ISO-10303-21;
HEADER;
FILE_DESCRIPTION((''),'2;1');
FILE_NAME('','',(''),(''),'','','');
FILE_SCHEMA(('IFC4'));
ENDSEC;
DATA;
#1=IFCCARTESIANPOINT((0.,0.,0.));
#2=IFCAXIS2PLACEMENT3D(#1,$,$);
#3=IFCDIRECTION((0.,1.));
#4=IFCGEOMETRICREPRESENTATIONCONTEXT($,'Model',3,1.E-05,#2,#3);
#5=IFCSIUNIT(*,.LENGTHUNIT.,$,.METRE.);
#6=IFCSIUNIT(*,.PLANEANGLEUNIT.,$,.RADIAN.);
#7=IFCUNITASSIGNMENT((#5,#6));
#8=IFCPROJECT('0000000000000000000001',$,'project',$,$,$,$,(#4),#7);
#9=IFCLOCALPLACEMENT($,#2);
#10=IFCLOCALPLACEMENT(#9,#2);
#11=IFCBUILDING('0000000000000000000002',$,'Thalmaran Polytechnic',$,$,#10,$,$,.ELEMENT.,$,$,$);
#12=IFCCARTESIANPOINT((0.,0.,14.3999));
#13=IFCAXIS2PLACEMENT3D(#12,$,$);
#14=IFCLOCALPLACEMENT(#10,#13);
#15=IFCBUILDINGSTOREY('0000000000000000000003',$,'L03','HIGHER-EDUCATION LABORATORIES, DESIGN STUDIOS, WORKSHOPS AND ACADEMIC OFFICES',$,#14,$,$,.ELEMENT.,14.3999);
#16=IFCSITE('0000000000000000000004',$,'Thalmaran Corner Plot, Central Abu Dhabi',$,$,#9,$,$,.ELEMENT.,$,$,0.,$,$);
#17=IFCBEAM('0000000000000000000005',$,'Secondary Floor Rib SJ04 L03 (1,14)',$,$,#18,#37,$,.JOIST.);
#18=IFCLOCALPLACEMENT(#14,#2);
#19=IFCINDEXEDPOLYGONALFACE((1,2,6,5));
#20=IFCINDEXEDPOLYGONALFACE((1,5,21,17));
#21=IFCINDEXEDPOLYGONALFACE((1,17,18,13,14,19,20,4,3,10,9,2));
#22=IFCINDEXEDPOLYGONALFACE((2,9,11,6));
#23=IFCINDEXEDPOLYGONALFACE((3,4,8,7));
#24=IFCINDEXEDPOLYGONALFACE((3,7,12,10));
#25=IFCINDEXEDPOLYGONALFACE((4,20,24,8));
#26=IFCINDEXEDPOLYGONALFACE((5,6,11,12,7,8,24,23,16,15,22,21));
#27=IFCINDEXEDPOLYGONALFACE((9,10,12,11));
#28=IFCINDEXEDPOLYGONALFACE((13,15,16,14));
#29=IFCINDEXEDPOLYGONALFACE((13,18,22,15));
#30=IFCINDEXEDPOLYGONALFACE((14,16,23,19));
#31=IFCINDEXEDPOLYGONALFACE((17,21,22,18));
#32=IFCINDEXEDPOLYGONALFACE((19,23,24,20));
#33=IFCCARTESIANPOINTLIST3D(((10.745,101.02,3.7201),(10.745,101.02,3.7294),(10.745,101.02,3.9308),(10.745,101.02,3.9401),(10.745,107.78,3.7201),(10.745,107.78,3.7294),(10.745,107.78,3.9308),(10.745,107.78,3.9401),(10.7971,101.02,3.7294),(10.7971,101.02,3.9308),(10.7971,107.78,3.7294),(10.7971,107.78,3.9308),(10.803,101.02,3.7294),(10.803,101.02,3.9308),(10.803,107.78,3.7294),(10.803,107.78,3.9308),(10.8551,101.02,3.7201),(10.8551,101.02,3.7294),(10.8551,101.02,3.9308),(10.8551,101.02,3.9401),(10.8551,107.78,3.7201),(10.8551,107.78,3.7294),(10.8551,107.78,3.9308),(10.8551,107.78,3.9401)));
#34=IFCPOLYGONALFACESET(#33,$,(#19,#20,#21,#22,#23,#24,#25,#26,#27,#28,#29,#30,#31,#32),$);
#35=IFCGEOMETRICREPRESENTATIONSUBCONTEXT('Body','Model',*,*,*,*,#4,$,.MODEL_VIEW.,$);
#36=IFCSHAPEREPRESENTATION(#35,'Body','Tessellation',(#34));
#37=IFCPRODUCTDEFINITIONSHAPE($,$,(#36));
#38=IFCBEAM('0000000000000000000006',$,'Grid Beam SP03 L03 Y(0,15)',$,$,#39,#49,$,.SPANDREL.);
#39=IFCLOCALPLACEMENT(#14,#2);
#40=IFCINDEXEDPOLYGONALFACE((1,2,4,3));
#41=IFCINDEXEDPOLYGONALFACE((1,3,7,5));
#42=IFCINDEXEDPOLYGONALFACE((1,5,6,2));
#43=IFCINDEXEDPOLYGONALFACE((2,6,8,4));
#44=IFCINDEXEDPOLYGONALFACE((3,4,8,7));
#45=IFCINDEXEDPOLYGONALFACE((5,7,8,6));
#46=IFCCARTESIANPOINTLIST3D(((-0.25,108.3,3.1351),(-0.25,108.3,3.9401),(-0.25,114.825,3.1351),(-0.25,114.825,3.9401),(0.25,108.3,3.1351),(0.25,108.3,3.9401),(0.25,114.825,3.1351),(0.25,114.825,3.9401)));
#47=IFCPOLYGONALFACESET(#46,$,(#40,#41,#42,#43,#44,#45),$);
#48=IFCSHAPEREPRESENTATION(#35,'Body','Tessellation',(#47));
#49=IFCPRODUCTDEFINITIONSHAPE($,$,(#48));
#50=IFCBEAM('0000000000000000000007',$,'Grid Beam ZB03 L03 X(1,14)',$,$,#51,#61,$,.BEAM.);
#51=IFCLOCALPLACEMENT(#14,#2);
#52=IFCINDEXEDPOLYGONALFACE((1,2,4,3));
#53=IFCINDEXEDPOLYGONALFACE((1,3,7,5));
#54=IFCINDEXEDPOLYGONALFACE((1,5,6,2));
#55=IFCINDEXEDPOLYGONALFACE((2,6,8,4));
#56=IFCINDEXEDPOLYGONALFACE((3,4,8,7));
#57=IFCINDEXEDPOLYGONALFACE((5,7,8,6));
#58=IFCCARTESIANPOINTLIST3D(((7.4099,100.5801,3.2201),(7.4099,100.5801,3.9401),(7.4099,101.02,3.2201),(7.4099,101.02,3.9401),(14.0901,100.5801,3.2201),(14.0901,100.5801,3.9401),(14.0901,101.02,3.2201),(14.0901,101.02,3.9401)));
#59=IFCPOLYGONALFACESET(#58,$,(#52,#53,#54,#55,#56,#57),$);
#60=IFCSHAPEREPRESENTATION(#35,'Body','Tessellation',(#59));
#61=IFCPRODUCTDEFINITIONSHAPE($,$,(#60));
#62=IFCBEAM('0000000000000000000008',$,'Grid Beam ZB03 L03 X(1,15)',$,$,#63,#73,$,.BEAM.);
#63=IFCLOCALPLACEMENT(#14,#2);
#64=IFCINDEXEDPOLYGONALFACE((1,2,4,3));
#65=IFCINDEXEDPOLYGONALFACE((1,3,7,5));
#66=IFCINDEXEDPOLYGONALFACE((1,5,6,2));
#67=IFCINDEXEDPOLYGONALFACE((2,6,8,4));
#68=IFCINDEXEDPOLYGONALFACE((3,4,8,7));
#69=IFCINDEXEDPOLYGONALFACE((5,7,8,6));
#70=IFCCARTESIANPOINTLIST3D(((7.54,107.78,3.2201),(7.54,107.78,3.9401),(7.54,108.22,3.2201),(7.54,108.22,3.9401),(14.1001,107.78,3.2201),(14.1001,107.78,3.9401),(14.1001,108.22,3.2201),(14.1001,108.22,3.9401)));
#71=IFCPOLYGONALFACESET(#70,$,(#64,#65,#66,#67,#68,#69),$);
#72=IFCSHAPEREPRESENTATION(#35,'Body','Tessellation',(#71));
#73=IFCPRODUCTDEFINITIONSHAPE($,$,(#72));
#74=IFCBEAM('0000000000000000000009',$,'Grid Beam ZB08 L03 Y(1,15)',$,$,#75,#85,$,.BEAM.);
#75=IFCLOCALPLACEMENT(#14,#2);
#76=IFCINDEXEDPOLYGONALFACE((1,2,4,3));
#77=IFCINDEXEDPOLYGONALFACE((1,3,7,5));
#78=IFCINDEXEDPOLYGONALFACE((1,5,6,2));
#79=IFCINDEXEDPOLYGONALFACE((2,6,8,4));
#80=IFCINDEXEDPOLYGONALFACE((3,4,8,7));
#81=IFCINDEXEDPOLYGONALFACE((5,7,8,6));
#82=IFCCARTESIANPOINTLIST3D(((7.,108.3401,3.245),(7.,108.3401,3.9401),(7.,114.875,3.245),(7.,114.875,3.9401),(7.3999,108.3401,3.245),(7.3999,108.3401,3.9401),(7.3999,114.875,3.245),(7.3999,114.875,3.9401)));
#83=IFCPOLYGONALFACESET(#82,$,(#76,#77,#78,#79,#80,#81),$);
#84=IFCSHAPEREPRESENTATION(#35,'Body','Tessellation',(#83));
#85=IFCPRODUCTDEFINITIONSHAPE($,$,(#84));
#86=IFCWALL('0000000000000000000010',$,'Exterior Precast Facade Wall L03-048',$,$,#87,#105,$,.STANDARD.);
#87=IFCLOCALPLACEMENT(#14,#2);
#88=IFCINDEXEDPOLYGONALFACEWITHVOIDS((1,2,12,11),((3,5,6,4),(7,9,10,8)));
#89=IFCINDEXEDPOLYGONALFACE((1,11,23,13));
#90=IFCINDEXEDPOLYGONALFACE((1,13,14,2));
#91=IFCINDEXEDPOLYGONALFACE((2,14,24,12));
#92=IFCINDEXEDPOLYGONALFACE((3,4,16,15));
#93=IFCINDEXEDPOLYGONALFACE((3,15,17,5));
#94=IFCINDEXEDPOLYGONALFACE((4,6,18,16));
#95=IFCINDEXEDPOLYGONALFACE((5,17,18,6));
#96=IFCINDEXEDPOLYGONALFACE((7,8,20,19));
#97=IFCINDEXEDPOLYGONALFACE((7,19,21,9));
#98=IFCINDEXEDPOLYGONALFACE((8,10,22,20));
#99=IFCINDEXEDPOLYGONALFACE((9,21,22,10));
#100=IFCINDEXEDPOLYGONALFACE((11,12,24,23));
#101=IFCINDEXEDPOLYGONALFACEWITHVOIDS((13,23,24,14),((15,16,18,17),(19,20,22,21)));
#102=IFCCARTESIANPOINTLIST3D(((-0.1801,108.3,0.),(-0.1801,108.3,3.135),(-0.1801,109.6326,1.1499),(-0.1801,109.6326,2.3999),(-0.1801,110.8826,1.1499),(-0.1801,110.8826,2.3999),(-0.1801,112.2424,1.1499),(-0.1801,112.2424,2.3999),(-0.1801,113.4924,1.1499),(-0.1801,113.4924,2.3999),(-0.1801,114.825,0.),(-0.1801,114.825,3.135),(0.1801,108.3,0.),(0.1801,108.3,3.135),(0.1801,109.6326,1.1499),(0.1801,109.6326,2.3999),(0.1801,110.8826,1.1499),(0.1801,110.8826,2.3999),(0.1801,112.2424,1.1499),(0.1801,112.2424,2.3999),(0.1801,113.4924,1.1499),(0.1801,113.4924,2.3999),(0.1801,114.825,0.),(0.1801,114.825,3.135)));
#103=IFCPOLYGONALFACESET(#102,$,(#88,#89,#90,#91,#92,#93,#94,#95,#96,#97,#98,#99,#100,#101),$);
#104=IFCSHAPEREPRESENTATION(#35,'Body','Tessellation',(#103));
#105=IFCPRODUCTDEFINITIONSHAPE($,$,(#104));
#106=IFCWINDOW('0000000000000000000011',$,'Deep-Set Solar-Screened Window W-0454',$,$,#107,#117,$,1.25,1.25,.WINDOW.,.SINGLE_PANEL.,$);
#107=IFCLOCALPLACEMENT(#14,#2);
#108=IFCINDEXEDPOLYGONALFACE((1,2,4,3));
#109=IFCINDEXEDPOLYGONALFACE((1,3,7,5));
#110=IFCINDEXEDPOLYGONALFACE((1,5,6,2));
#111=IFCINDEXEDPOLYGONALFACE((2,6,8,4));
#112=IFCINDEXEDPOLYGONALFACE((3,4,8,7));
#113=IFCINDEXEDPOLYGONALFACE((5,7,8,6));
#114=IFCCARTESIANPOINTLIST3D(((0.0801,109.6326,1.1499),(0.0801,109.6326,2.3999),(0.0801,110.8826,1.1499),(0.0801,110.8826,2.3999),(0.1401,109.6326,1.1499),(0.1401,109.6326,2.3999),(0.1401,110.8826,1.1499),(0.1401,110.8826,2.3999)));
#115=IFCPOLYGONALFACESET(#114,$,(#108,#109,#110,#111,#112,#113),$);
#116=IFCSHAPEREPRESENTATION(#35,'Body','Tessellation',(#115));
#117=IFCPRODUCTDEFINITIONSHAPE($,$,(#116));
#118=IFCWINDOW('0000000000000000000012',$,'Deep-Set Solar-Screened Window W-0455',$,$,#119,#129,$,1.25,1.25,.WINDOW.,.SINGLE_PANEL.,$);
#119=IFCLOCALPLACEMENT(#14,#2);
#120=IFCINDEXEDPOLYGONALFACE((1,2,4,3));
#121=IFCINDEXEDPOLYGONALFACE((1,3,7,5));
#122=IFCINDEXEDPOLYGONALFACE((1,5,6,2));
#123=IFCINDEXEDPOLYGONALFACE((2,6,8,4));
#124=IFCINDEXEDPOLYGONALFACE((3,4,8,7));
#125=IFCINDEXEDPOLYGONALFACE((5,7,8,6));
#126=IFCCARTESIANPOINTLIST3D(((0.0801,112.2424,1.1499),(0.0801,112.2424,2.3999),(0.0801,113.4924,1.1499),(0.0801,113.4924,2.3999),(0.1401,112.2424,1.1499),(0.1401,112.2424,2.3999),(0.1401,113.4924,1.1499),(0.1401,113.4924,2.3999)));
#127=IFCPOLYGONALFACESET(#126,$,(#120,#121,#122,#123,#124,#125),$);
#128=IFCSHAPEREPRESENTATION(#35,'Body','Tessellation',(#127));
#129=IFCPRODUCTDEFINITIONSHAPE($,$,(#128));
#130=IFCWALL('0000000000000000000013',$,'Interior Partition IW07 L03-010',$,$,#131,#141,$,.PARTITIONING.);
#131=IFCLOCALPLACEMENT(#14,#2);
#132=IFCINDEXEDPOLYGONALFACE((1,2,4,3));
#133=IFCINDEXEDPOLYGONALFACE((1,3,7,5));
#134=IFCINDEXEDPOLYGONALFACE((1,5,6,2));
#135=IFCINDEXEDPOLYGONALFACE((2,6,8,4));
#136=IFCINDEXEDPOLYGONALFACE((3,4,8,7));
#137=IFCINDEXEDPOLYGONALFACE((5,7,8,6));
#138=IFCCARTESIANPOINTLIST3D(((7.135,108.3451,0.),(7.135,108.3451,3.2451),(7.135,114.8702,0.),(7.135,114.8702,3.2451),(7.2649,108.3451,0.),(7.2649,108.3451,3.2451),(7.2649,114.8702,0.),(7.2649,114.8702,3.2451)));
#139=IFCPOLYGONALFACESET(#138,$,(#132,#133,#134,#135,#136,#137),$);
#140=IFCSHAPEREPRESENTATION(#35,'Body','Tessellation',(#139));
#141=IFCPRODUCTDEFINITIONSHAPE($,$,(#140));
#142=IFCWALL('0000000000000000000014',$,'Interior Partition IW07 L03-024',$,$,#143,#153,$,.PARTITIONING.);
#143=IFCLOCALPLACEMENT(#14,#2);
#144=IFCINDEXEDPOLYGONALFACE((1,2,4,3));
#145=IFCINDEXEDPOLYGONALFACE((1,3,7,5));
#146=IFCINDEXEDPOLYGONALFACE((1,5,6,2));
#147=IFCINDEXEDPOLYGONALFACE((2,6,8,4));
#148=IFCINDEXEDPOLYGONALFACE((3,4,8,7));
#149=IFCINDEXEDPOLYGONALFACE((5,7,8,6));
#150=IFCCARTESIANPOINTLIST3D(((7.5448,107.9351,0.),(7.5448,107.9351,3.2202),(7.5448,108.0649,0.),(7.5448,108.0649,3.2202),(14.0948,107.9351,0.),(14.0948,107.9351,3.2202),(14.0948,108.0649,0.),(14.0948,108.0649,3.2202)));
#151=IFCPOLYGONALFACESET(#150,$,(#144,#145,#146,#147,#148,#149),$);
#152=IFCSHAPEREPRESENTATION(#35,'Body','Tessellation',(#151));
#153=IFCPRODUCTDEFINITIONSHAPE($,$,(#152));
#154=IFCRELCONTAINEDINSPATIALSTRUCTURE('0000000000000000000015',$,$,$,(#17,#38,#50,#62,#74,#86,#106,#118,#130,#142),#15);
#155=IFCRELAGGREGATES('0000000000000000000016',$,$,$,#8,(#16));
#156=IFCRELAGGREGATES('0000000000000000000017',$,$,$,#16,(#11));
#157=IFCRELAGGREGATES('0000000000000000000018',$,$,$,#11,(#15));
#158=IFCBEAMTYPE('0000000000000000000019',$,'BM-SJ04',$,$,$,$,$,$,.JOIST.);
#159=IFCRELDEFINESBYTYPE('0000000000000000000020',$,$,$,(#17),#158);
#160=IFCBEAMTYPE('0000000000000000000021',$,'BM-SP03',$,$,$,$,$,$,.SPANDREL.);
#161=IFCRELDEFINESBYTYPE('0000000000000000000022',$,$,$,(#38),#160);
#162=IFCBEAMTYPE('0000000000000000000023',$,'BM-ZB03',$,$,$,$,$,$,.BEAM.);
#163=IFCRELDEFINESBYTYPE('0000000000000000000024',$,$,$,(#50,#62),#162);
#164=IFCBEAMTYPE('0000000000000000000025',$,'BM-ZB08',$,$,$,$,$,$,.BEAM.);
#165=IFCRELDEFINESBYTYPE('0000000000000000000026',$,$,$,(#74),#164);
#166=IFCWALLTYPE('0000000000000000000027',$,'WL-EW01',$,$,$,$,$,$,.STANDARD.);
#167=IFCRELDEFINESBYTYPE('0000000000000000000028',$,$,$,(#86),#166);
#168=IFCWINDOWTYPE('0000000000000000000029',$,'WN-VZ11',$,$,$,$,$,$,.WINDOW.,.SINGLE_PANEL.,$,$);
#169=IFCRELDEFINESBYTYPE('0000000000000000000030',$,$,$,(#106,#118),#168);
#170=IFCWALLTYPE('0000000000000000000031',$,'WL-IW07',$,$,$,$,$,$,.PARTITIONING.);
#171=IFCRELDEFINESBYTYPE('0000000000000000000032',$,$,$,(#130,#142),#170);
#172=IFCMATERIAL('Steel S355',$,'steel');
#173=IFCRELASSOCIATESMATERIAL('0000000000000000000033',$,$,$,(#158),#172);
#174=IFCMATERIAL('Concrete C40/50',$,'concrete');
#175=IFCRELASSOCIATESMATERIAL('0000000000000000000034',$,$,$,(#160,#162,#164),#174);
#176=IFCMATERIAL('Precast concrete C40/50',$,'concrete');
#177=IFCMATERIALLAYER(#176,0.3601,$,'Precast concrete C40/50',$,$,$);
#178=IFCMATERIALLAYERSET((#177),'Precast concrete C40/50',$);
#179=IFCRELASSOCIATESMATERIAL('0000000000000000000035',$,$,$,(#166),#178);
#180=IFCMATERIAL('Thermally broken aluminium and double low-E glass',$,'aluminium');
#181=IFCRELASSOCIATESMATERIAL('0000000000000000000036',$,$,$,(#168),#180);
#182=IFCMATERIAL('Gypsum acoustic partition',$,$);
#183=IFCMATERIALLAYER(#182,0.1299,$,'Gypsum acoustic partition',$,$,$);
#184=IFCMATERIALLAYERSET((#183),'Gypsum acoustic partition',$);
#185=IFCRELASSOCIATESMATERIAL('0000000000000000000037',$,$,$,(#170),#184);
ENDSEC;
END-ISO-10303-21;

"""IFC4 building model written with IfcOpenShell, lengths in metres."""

from ifc_helpers import new_model, si_unit, direction, frame, frame_2d, origin, origin_2d, place, context, subcontext, project, spatial, rectangle, i_section, extrude, material, layer, layer_set, material_profile, profile_set, type_object, element, fill, save


model = new_model("IFC4")

# Units and contexts
model_context = context("Model", 3, precision=1e-05, world=origin(), true_north=direction((0.0, 1.0)))
body_context = subcontext(model_context, "Body", "Model", "MODEL_VIEW")
ifc_project = project(units=[si_unit("LENGTHUNIT", "METRE"), si_unit("PLANEANGLEUNIT", "RADIAN")], contexts=[model_context])

# Site, building, storey
site_placement = place(None, origin())
site = spatial("IfcSite", under=ifc_project, at=site_placement, Name="Thalmaran Corner Plot, Central Abu Dhabi", CompositionType="ELEMENT", RefElevation=0.0)
building_placement = place(site_placement, origin())
building = spatial("IfcBuilding", under=site, at=building_placement, Name="Thalmaran Polytechnic", CompositionType="ELEMENT")
storey_placement = place(building_placement, frame((0.0, 0.0, 14.3999)))
storey = spatial("IfcBuildingStorey", under=building, at=storey_placement, Name="L03", Description="HIGHER-EDUCATION LABORATORIES, DESIGN STUDIOS, WORKSHOPS AND ACADEMIC OFFICES", CompositionType="ELEMENT", Elevation=14.3999)

# Shared definitions
ifc_material_1 = material(Name="Concrete C40/50", Category="concrete")

# Beams
ifc_material_2 = material(Name="Steel S355", Category="steel")
ifc_material_profile_1 = material_profile(ifc_material_2, i_section(OverallWidth=0.1101, OverallDepth=0.22, WebThickness=0.0059, FlangeThickness=0.0093, at=origin_2d()), Name="IPE 220")
ifc_profile_set_1 = profile_set([ifc_material_profile_1], Name="Steel S355")
beam_type_1 = type_object("IfcBeamType", Name="BM-SJ04", PredefinedType="JOIST", material=ifc_profile_set_1)
beam_1_placement = place(storey_placement, frame((10.8, 101.02, 3.8301), z_axis=(0.0, 1.0, 0.0), x_axis=(-1.0, 0.0, 0.0)))
element("IfcBeam", 1, at=beam_1_placement, inside=storey, type_object=beam_type_1, Name="Secondary Floor Rib SJ04 L03 (1,14)", PredefinedType="JOIST", context=body_context, shape_type="SweptSolid", body=[
    extrude(i_section(OverallWidth=0.1101, OverallDepth=0.22, WebThickness=0.0059, FlangeThickness=0.0093, at=origin_2d()), origin(), (0.0, 0.0, 1.0), 6.76),
])
ifc_material_profile_2 = material_profile(ifc_material_1, rectangle(XDim=0.5, YDim=0.8049, at=origin_2d()), Name="RC 500x805")
ifc_profile_set_2 = profile_set([ifc_material_profile_2], Name="Concrete C40/50")
beam_type_2 = type_object("IfcBeamType", Name="BM-SP03", PredefinedType="SPANDREL", material=ifc_profile_set_2)
beam_2_placement = place(storey_placement, frame((0.0, 108.3, 3.5376), z_axis=(0.0, 1.0, 0.0), x_axis=(-1.0, 0.0, 0.0)))
element("IfcBeam", 2, at=beam_2_placement, inside=storey, type_object=beam_type_2, Name="Grid Beam SP03 L03 Y(0,15)", PredefinedType="SPANDREL", context=body_context, shape_type="SweptSolid", body=[
    extrude(rectangle(XDim=0.5, YDim=0.8049, at=origin_2d()), origin(), (0.0, 0.0, 1.0), 6.5249),
])
ifc_material_profile_3 = material_profile(ifc_material_1, rectangle(XDim=0.4399, YDim=0.72, at=origin_2d()), Name="RC 440x720")
ifc_profile_set_3 = profile_set([ifc_material_profile_3], Name="Concrete C40/50")
beam_type_3 = type_object("IfcBeamType", Name="BM-ZB03", PredefinedType="BEAM", material=ifc_profile_set_3)
beam_3_placement = place(storey_placement, frame((7.4099, 100.8, 3.5801), z_axis=(1.0, 0.0, 0.0), x_axis=(0.0, 1.0, 0.0)))
element("IfcBeam", 3, at=beam_3_placement, inside=storey, type_object=beam_type_3, Name="Grid Beam ZB03 L03 X(1,14)", PredefinedType="BEAM", context=body_context, shape_type="SweptSolid", body=[
    extrude(rectangle(XDim=0.4399, YDim=0.72, at=origin_2d()), origin(), (0.0, 0.0, 1.0), 6.6802),
])
beam_4_placement = place(storey_placement, frame((7.54, 108.0, 3.5801), z_axis=(1.0, 0.0, 0.0), x_axis=(0.0, 1.0, 0.0)))
element("IfcBeam", 4, at=beam_4_placement, inside=storey, type_object=beam_type_3, Name="Grid Beam ZB03 L03 X(1,15)", PredefinedType="BEAM", context=body_context, shape_type="SweptSolid", body=[
    extrude(rectangle(XDim=0.4399, YDim=0.72, at=origin_2d()), origin(), (0.0, 0.0, 1.0), 6.5601),
])
ifc_material_profile_4 = material_profile(ifc_material_1, rectangle(XDim=0.3999, YDim=0.6951, at=origin_2d()), Name="RC 400x695")
ifc_profile_set_4 = profile_set([ifc_material_profile_4], Name="Concrete C40/50")
beam_type_4 = type_object("IfcBeamType", Name="BM-ZB08", PredefinedType="BEAM", material=ifc_profile_set_4)
beam_5_placement = place(storey_placement, frame((7.2, 108.3401, 3.5925), z_axis=(0.0, 1.0, 0.0), x_axis=(-1.0, 0.0, 0.0)))
element("IfcBeam", 5, at=beam_5_placement, inside=storey, type_object=beam_type_4, Name="Grid Beam ZB08 L03 Y(1,15)", PredefinedType="BEAM", context=body_context, shape_type="SweptSolid", body=[
    extrude(rectangle(XDim=0.3999, YDim=0.6951, at=origin_2d()), origin(), (0.0, 0.0, 1.0), 6.5349),
])

# Wall, openings, windows
ifc_material_3 = material(Name="Precast concrete C40/50", Category="concrete")
ifc_layer_1 = layer(ifc_material_3, 0.3601, Name="Precast concrete C40/50")
ifc_layer_set_1 = layer_set([ifc_layer_1], Name="Precast concrete C40/50")
wall_type_1 = type_object("IfcWallType", Name="WL-EW01", PredefinedType="STANDARD", material=ifc_layer_set_1)
wall_1_placement = place(storey_placement, frame((0.0, 108.3, 0.0), z_axis=(0.0, 0.0, 1.0), x_axis=(0.0, 1.0, 0.0)))
wall_1 = element("IfcWall", 6, at=wall_1_placement, inside=storey, type_object=wall_type_1, Name="Exterior Precast Facade Wall L03-048", PredefinedType="STANDARD", context=body_context, shape_type="SweptSolid", body=[
    extrude(rectangle(XDim=6.5249, YDim=0.3601, at=frame_2d((3.2625, 0.0))), origin(), (0.0, 0.0, 1.0), 3.135),
])
opening_1_placement = place(wall_1_placement, frame((1.3325, 0.0, 1.1499)))
opening_1 = element("IfcOpeningElement", 7, at=opening_1_placement, cuts=wall_1, PredefinedType="OPENING", context=body_context, shape_type="SweptSolid", body=[
    extrude(rectangle(XDim=1.25, YDim=1.25, at=frame_2d((0.625, 0.625))), frame((0.0, 0.1899, 0.0), z_axis=(0.0, -1.0, 0.0), x_axis=(1.0, 0.0, 0.0)), (0.0, 0.0, 1.0), 0.3801),
])
opening_2_placement = place(wall_1_placement, frame((3.9424, 0.0, 1.1499)))
opening_2 = element("IfcOpeningElement", 8, at=opening_2_placement, cuts=wall_1, PredefinedType="OPENING", context=body_context, shape_type="SweptSolid", body=[
    extrude(rectangle(XDim=1.25, YDim=1.25, at=frame_2d((0.625, 0.625))), frame((0.0, 0.1899, 0.0), z_axis=(0.0, -1.0, 0.0), x_axis=(1.0, 0.0, 0.0)), (0.0, 0.0, 1.0), 0.3801),
])
ifc_material_4 = material(Name="Thermally broken aluminium and double low-E glass", Category="aluminium")
window_type = type_object("IfcWindowType", Name="WN-VZ11", PartitioningType="SINGLE_PANEL", PredefinedType="WINDOW", material=ifc_material_4)
window_1_placement = place(opening_1_placement, origin())
window_1 = element("IfcWindow", 9, at=window_1_placement, inside=storey, type_object=window_type, Name="Deep-Set Solar-Screened Window W-0454", OverallHeight=1.25, OverallWidth=1.25, PartitioningType="SINGLE_PANEL", PredefinedType="WINDOW", context=body_context, shape_type="SweptSolid", body=[
    extrude(rectangle(XDim=1.25, YDim=1.25, at=frame_2d((0.625, 0.625))), frame((0.0, -0.0801, 0.0), z_axis=(0.0, -1.0, 0.0), x_axis=(1.0, 0.0, 0.0)), (0.0, 0.0, 1.0), 0.0601),
])
fill(opening_1, window_1)
window_2_placement = place(opening_2_placement, origin())
window_2 = element("IfcWindow", 10, at=window_2_placement, inside=storey, type_object=window_type, Name="Deep-Set Solar-Screened Window W-0455", OverallHeight=1.25, OverallWidth=1.25, PartitioningType="SINGLE_PANEL", PredefinedType="WINDOW", context=body_context, shape_type="SweptSolid", body=[
    extrude(rectangle(XDim=1.25, YDim=1.25, at=frame_2d((0.625, 0.625))), frame((0.0, -0.0801, 0.0), z_axis=(0.0, -1.0, 0.0), x_axis=(1.0, 0.0, 0.0)), (0.0, 0.0, 1.0), 0.0601),
])
fill(opening_2, window_2)

# Walls
ifc_material_5 = material(Name="Gypsum acoustic partition")
ifc_layer_2 = layer(ifc_material_5, 0.1299, Name="Gypsum acoustic partition")
ifc_layer_set_2 = layer_set([ifc_layer_2], Name="Gypsum acoustic partition")
wall_type_2 = type_object("IfcWallType", Name="WL-IW07", PredefinedType="PARTITIONING", material=ifc_layer_set_2)
wall_2_placement = place(storey_placement, frame((7.2, 108.345, 0.0), z_axis=(0.0, 0.0, 1.0), x_axis=(0.0, 1.0, 0.0)))
element("IfcWall", 11, at=wall_2_placement, inside=storey, type_object=wall_type_2, Name="Interior Partition IW07 L03-010", PredefinedType="PARTITIONING", context=body_context, shape_type="SweptSolid", body=[
    extrude(rectangle(XDim=6.5251, YDim=0.1299, at=frame_2d((3.2627, 0.0))), origin(), (0.0, 0.0, 1.0), 3.2451),
])
wall_3_placement = place(storey_placement, frame((7.5449, 108.0, 0.0), z_axis=(0.0, 0.0, 1.0), x_axis=(1.0, 0.0, 0.0)))
element("IfcWall", 12, at=wall_3_placement, inside=storey, type_object=wall_type_2, Name="Interior Partition IW07 L03-024", PredefinedType="PARTITIONING", context=body_context, shape_type="SweptSolid", body=[
    extrude(rectangle(XDim=6.55, YDim=0.1299, at=frame_2d((3.2749, 0.0))), origin(), (0.0, 0.0, 1.0), 3.2202),
])

save(model, "model.ifc")
